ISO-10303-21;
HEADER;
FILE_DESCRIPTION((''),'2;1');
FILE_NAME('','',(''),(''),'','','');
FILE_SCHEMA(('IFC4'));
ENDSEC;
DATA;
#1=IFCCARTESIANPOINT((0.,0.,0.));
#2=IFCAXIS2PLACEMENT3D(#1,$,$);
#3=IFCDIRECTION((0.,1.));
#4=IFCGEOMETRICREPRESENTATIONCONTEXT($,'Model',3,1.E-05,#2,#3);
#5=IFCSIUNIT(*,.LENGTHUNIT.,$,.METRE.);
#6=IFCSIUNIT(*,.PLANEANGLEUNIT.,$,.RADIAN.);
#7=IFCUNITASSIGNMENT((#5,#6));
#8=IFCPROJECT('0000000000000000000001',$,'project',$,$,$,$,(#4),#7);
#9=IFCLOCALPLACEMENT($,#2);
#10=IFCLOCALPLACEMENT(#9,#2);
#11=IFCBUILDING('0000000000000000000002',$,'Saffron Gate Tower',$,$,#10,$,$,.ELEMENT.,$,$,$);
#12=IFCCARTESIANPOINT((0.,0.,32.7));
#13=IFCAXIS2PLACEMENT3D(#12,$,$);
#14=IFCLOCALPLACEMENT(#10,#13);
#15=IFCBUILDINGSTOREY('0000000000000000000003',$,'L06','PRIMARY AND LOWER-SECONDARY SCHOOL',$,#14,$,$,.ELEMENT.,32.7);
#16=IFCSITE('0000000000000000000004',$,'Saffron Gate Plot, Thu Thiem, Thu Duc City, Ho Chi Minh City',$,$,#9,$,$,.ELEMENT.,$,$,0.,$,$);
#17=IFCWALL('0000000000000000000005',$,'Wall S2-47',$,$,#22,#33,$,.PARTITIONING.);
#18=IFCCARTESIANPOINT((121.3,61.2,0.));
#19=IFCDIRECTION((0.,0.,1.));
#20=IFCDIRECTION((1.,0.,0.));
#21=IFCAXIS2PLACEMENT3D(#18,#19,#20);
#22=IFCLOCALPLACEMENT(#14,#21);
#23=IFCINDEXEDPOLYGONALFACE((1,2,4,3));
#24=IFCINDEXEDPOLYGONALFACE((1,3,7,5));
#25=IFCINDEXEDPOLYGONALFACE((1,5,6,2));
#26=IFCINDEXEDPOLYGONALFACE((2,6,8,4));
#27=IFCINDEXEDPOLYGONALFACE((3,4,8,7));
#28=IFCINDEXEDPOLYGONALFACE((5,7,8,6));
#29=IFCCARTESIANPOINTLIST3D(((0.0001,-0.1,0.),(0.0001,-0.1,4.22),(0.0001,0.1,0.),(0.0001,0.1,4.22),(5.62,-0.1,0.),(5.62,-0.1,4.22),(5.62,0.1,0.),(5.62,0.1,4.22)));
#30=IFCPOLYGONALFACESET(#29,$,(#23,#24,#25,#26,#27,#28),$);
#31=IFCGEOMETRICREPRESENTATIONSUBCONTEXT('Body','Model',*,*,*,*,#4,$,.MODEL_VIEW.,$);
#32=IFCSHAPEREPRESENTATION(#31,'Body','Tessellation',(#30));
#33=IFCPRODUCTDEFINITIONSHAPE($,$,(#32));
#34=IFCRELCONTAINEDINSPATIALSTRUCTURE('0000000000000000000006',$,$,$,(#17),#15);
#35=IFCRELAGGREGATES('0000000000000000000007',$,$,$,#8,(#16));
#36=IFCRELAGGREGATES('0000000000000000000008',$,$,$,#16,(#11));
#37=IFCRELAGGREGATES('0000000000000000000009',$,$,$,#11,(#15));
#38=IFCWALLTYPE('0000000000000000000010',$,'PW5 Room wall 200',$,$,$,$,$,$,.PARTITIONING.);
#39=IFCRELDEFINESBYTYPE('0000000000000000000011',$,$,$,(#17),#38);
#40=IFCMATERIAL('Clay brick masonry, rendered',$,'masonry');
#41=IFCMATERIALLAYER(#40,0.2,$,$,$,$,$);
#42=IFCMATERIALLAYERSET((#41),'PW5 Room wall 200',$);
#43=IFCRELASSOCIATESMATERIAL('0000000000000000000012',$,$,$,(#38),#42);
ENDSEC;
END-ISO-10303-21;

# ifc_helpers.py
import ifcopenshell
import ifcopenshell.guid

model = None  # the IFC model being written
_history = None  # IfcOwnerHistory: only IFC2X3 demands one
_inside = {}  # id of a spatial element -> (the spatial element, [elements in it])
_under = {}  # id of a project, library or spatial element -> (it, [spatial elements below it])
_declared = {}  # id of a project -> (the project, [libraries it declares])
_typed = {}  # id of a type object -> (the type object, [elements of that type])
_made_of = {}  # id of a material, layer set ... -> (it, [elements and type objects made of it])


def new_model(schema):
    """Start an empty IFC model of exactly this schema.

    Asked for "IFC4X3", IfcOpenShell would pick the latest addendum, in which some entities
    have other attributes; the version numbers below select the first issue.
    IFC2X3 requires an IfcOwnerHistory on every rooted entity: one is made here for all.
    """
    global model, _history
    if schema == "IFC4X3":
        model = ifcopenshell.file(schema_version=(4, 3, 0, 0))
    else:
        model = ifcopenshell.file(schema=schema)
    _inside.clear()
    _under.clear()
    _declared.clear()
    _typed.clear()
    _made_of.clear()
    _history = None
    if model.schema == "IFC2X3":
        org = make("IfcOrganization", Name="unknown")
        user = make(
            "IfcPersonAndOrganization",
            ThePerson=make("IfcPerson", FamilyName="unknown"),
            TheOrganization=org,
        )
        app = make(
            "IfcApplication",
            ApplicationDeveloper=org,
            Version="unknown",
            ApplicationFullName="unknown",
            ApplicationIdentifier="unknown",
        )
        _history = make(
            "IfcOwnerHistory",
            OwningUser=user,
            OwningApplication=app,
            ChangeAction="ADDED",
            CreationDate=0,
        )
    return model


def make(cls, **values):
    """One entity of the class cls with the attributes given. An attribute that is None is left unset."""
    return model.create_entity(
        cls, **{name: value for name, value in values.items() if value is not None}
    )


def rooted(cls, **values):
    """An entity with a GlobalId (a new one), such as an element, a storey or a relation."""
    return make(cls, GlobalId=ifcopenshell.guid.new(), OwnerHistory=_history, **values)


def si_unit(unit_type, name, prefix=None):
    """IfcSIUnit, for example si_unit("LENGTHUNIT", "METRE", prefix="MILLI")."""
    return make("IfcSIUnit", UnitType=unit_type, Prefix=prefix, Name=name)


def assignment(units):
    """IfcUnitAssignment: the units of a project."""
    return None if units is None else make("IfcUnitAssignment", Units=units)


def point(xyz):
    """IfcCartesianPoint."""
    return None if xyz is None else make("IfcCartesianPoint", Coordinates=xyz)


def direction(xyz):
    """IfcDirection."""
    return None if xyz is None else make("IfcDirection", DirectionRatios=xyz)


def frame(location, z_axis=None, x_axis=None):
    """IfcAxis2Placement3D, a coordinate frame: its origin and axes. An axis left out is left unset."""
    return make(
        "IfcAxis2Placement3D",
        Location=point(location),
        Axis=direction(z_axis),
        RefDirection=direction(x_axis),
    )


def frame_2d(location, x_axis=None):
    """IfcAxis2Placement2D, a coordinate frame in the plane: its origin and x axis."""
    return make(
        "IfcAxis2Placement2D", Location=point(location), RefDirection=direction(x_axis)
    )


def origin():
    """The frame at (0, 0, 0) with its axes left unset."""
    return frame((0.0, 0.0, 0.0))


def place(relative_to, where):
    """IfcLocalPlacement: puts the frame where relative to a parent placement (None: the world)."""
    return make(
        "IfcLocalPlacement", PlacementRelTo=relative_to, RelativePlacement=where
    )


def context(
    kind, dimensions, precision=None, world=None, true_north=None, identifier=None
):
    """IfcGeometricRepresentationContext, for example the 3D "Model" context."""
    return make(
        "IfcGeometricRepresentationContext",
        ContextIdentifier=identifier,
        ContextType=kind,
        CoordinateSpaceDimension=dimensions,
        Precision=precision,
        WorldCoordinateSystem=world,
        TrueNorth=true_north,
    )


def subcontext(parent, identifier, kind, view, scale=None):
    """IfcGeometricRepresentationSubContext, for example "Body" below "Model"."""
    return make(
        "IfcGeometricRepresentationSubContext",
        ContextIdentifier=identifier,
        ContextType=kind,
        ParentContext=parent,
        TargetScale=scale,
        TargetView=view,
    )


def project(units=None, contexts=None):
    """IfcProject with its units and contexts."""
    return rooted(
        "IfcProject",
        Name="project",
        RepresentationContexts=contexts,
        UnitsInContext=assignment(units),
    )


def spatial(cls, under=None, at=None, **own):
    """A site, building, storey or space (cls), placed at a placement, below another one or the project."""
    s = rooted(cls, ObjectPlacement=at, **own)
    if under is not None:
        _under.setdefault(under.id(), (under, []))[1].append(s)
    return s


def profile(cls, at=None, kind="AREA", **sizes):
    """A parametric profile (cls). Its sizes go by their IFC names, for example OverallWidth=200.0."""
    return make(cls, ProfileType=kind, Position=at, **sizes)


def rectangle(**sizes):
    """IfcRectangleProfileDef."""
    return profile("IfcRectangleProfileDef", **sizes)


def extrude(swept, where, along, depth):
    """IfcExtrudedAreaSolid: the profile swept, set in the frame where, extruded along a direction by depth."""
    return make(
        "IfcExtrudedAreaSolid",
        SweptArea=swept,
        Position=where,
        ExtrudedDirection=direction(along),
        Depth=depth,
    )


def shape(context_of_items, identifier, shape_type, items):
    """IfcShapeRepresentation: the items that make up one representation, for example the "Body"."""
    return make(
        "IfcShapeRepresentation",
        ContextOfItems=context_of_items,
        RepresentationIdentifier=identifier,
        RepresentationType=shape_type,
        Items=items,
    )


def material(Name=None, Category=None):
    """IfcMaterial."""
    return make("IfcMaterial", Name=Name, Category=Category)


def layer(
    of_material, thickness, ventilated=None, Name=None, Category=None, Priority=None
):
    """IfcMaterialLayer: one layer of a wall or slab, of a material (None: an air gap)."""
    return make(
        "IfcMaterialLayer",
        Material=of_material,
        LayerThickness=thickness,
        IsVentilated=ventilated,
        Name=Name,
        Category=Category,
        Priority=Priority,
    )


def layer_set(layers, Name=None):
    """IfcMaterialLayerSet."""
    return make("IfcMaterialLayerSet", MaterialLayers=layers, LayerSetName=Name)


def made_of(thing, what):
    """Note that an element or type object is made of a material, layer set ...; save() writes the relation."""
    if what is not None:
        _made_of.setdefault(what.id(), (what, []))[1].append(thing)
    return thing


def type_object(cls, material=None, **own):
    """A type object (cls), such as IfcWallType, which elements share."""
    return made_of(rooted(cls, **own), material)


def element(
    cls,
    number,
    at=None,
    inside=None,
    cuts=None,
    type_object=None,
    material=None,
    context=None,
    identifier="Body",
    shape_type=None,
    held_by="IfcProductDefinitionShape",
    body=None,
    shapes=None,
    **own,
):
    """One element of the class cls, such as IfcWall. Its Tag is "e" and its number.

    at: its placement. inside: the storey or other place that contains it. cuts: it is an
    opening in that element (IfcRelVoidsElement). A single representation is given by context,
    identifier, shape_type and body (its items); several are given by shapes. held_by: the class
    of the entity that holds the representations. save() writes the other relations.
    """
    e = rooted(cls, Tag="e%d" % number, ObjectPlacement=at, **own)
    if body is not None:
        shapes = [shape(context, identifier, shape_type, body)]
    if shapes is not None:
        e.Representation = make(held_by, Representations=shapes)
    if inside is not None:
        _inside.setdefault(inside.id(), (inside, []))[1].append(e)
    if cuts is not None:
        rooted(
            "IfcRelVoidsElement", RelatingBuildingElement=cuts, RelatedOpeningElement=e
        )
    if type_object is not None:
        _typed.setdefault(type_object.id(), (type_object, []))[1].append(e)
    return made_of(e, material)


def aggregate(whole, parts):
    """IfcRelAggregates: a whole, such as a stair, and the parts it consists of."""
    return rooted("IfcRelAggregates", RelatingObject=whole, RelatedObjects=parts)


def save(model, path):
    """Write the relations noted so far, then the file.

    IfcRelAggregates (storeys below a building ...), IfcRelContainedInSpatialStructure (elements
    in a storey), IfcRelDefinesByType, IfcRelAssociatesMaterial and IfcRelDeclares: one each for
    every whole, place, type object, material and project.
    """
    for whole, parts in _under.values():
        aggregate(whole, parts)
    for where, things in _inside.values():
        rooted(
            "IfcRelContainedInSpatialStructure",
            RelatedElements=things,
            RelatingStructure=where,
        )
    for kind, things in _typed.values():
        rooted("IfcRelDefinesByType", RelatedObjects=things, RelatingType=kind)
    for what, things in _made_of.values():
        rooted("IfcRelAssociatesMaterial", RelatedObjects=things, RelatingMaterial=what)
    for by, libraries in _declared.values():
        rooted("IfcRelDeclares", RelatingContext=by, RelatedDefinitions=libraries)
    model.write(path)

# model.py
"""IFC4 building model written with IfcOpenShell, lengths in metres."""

from ifc_helpers import new_model, si_unit, direction, frame, frame_2d, origin, place, context, subcontext, project, spatial, rectangle, extrude, material, layer, layer_set, type_object, element, save


model = new_model("IFC4")

# Units and contexts
model_context = context("Model", 3, precision=1e-05, world=origin(), true_north=direction((0.0, 1.0)))
body_context = subcontext(model_context, "Body", "Model", "MODEL_VIEW")
ifc_project = project(units=[si_unit("LENGTHUNIT", "METRE"), si_unit("PLANEANGLEUNIT", "RADIAN")], contexts=[model_context])

# Site, building, storey
site_placement = place(None, origin())
site = spatial("IfcSite", under=ifc_project, at=site_placement, Name="Saffron Gate Plot, Thu Thiem, Thu Duc City, Ho Chi Minh City", CompositionType="ELEMENT", RefElevation=0.0)
building_placement = place(site_placement, origin())
building = spatial("IfcBuilding", under=site, at=building_placement, Name="Saffron Gate Tower", CompositionType="ELEMENT")
storey_placement = place(building_placement, frame((0.0, 0.0, 32.7)))
storey = spatial("IfcBuildingStorey", under=building, at=storey_placement, Name="L06", Description="PRIMARY AND LOWER-SECONDARY SCHOOL", CompositionType="ELEMENT", Elevation=32.7)

# Shared definitions
ifc_material_1 = material(Name="Clay brick masonry, rendered", Category="masonry")

# Wall
ifc_layer_1 = layer(ifc_material_1, 0.2)
ifc_layer_set_1 = layer_set([ifc_layer_1], Name="PW5 Room wall 200")
wall_type_1 = type_object("IfcWallType", Name="PW5 Room wall 200", PredefinedType="PARTITIONING", material=ifc_layer_set_1)
wall_1_placement = place(storey_placement, frame((121.3, 61.2, 0.0), z_axis=(0.0, 0.0, 1.0), x_axis=(1.0, 0.0, 0.0)))
element("IfcWall", 1, at=wall_1_placement, inside=storey, type_object=wall_type_1, Name="Wall S2-47", PredefinedType="PARTITIONING", context=body_context, shape_type="SweptSolid", body=[
    extrude(rectangle(XDim=5.6199, YDim=0.2, at=frame_2d((2.8101, 0.0))), origin(), (0.0, 0.0, 1.0), 4.22),
])

save(model, "model.ifc")
